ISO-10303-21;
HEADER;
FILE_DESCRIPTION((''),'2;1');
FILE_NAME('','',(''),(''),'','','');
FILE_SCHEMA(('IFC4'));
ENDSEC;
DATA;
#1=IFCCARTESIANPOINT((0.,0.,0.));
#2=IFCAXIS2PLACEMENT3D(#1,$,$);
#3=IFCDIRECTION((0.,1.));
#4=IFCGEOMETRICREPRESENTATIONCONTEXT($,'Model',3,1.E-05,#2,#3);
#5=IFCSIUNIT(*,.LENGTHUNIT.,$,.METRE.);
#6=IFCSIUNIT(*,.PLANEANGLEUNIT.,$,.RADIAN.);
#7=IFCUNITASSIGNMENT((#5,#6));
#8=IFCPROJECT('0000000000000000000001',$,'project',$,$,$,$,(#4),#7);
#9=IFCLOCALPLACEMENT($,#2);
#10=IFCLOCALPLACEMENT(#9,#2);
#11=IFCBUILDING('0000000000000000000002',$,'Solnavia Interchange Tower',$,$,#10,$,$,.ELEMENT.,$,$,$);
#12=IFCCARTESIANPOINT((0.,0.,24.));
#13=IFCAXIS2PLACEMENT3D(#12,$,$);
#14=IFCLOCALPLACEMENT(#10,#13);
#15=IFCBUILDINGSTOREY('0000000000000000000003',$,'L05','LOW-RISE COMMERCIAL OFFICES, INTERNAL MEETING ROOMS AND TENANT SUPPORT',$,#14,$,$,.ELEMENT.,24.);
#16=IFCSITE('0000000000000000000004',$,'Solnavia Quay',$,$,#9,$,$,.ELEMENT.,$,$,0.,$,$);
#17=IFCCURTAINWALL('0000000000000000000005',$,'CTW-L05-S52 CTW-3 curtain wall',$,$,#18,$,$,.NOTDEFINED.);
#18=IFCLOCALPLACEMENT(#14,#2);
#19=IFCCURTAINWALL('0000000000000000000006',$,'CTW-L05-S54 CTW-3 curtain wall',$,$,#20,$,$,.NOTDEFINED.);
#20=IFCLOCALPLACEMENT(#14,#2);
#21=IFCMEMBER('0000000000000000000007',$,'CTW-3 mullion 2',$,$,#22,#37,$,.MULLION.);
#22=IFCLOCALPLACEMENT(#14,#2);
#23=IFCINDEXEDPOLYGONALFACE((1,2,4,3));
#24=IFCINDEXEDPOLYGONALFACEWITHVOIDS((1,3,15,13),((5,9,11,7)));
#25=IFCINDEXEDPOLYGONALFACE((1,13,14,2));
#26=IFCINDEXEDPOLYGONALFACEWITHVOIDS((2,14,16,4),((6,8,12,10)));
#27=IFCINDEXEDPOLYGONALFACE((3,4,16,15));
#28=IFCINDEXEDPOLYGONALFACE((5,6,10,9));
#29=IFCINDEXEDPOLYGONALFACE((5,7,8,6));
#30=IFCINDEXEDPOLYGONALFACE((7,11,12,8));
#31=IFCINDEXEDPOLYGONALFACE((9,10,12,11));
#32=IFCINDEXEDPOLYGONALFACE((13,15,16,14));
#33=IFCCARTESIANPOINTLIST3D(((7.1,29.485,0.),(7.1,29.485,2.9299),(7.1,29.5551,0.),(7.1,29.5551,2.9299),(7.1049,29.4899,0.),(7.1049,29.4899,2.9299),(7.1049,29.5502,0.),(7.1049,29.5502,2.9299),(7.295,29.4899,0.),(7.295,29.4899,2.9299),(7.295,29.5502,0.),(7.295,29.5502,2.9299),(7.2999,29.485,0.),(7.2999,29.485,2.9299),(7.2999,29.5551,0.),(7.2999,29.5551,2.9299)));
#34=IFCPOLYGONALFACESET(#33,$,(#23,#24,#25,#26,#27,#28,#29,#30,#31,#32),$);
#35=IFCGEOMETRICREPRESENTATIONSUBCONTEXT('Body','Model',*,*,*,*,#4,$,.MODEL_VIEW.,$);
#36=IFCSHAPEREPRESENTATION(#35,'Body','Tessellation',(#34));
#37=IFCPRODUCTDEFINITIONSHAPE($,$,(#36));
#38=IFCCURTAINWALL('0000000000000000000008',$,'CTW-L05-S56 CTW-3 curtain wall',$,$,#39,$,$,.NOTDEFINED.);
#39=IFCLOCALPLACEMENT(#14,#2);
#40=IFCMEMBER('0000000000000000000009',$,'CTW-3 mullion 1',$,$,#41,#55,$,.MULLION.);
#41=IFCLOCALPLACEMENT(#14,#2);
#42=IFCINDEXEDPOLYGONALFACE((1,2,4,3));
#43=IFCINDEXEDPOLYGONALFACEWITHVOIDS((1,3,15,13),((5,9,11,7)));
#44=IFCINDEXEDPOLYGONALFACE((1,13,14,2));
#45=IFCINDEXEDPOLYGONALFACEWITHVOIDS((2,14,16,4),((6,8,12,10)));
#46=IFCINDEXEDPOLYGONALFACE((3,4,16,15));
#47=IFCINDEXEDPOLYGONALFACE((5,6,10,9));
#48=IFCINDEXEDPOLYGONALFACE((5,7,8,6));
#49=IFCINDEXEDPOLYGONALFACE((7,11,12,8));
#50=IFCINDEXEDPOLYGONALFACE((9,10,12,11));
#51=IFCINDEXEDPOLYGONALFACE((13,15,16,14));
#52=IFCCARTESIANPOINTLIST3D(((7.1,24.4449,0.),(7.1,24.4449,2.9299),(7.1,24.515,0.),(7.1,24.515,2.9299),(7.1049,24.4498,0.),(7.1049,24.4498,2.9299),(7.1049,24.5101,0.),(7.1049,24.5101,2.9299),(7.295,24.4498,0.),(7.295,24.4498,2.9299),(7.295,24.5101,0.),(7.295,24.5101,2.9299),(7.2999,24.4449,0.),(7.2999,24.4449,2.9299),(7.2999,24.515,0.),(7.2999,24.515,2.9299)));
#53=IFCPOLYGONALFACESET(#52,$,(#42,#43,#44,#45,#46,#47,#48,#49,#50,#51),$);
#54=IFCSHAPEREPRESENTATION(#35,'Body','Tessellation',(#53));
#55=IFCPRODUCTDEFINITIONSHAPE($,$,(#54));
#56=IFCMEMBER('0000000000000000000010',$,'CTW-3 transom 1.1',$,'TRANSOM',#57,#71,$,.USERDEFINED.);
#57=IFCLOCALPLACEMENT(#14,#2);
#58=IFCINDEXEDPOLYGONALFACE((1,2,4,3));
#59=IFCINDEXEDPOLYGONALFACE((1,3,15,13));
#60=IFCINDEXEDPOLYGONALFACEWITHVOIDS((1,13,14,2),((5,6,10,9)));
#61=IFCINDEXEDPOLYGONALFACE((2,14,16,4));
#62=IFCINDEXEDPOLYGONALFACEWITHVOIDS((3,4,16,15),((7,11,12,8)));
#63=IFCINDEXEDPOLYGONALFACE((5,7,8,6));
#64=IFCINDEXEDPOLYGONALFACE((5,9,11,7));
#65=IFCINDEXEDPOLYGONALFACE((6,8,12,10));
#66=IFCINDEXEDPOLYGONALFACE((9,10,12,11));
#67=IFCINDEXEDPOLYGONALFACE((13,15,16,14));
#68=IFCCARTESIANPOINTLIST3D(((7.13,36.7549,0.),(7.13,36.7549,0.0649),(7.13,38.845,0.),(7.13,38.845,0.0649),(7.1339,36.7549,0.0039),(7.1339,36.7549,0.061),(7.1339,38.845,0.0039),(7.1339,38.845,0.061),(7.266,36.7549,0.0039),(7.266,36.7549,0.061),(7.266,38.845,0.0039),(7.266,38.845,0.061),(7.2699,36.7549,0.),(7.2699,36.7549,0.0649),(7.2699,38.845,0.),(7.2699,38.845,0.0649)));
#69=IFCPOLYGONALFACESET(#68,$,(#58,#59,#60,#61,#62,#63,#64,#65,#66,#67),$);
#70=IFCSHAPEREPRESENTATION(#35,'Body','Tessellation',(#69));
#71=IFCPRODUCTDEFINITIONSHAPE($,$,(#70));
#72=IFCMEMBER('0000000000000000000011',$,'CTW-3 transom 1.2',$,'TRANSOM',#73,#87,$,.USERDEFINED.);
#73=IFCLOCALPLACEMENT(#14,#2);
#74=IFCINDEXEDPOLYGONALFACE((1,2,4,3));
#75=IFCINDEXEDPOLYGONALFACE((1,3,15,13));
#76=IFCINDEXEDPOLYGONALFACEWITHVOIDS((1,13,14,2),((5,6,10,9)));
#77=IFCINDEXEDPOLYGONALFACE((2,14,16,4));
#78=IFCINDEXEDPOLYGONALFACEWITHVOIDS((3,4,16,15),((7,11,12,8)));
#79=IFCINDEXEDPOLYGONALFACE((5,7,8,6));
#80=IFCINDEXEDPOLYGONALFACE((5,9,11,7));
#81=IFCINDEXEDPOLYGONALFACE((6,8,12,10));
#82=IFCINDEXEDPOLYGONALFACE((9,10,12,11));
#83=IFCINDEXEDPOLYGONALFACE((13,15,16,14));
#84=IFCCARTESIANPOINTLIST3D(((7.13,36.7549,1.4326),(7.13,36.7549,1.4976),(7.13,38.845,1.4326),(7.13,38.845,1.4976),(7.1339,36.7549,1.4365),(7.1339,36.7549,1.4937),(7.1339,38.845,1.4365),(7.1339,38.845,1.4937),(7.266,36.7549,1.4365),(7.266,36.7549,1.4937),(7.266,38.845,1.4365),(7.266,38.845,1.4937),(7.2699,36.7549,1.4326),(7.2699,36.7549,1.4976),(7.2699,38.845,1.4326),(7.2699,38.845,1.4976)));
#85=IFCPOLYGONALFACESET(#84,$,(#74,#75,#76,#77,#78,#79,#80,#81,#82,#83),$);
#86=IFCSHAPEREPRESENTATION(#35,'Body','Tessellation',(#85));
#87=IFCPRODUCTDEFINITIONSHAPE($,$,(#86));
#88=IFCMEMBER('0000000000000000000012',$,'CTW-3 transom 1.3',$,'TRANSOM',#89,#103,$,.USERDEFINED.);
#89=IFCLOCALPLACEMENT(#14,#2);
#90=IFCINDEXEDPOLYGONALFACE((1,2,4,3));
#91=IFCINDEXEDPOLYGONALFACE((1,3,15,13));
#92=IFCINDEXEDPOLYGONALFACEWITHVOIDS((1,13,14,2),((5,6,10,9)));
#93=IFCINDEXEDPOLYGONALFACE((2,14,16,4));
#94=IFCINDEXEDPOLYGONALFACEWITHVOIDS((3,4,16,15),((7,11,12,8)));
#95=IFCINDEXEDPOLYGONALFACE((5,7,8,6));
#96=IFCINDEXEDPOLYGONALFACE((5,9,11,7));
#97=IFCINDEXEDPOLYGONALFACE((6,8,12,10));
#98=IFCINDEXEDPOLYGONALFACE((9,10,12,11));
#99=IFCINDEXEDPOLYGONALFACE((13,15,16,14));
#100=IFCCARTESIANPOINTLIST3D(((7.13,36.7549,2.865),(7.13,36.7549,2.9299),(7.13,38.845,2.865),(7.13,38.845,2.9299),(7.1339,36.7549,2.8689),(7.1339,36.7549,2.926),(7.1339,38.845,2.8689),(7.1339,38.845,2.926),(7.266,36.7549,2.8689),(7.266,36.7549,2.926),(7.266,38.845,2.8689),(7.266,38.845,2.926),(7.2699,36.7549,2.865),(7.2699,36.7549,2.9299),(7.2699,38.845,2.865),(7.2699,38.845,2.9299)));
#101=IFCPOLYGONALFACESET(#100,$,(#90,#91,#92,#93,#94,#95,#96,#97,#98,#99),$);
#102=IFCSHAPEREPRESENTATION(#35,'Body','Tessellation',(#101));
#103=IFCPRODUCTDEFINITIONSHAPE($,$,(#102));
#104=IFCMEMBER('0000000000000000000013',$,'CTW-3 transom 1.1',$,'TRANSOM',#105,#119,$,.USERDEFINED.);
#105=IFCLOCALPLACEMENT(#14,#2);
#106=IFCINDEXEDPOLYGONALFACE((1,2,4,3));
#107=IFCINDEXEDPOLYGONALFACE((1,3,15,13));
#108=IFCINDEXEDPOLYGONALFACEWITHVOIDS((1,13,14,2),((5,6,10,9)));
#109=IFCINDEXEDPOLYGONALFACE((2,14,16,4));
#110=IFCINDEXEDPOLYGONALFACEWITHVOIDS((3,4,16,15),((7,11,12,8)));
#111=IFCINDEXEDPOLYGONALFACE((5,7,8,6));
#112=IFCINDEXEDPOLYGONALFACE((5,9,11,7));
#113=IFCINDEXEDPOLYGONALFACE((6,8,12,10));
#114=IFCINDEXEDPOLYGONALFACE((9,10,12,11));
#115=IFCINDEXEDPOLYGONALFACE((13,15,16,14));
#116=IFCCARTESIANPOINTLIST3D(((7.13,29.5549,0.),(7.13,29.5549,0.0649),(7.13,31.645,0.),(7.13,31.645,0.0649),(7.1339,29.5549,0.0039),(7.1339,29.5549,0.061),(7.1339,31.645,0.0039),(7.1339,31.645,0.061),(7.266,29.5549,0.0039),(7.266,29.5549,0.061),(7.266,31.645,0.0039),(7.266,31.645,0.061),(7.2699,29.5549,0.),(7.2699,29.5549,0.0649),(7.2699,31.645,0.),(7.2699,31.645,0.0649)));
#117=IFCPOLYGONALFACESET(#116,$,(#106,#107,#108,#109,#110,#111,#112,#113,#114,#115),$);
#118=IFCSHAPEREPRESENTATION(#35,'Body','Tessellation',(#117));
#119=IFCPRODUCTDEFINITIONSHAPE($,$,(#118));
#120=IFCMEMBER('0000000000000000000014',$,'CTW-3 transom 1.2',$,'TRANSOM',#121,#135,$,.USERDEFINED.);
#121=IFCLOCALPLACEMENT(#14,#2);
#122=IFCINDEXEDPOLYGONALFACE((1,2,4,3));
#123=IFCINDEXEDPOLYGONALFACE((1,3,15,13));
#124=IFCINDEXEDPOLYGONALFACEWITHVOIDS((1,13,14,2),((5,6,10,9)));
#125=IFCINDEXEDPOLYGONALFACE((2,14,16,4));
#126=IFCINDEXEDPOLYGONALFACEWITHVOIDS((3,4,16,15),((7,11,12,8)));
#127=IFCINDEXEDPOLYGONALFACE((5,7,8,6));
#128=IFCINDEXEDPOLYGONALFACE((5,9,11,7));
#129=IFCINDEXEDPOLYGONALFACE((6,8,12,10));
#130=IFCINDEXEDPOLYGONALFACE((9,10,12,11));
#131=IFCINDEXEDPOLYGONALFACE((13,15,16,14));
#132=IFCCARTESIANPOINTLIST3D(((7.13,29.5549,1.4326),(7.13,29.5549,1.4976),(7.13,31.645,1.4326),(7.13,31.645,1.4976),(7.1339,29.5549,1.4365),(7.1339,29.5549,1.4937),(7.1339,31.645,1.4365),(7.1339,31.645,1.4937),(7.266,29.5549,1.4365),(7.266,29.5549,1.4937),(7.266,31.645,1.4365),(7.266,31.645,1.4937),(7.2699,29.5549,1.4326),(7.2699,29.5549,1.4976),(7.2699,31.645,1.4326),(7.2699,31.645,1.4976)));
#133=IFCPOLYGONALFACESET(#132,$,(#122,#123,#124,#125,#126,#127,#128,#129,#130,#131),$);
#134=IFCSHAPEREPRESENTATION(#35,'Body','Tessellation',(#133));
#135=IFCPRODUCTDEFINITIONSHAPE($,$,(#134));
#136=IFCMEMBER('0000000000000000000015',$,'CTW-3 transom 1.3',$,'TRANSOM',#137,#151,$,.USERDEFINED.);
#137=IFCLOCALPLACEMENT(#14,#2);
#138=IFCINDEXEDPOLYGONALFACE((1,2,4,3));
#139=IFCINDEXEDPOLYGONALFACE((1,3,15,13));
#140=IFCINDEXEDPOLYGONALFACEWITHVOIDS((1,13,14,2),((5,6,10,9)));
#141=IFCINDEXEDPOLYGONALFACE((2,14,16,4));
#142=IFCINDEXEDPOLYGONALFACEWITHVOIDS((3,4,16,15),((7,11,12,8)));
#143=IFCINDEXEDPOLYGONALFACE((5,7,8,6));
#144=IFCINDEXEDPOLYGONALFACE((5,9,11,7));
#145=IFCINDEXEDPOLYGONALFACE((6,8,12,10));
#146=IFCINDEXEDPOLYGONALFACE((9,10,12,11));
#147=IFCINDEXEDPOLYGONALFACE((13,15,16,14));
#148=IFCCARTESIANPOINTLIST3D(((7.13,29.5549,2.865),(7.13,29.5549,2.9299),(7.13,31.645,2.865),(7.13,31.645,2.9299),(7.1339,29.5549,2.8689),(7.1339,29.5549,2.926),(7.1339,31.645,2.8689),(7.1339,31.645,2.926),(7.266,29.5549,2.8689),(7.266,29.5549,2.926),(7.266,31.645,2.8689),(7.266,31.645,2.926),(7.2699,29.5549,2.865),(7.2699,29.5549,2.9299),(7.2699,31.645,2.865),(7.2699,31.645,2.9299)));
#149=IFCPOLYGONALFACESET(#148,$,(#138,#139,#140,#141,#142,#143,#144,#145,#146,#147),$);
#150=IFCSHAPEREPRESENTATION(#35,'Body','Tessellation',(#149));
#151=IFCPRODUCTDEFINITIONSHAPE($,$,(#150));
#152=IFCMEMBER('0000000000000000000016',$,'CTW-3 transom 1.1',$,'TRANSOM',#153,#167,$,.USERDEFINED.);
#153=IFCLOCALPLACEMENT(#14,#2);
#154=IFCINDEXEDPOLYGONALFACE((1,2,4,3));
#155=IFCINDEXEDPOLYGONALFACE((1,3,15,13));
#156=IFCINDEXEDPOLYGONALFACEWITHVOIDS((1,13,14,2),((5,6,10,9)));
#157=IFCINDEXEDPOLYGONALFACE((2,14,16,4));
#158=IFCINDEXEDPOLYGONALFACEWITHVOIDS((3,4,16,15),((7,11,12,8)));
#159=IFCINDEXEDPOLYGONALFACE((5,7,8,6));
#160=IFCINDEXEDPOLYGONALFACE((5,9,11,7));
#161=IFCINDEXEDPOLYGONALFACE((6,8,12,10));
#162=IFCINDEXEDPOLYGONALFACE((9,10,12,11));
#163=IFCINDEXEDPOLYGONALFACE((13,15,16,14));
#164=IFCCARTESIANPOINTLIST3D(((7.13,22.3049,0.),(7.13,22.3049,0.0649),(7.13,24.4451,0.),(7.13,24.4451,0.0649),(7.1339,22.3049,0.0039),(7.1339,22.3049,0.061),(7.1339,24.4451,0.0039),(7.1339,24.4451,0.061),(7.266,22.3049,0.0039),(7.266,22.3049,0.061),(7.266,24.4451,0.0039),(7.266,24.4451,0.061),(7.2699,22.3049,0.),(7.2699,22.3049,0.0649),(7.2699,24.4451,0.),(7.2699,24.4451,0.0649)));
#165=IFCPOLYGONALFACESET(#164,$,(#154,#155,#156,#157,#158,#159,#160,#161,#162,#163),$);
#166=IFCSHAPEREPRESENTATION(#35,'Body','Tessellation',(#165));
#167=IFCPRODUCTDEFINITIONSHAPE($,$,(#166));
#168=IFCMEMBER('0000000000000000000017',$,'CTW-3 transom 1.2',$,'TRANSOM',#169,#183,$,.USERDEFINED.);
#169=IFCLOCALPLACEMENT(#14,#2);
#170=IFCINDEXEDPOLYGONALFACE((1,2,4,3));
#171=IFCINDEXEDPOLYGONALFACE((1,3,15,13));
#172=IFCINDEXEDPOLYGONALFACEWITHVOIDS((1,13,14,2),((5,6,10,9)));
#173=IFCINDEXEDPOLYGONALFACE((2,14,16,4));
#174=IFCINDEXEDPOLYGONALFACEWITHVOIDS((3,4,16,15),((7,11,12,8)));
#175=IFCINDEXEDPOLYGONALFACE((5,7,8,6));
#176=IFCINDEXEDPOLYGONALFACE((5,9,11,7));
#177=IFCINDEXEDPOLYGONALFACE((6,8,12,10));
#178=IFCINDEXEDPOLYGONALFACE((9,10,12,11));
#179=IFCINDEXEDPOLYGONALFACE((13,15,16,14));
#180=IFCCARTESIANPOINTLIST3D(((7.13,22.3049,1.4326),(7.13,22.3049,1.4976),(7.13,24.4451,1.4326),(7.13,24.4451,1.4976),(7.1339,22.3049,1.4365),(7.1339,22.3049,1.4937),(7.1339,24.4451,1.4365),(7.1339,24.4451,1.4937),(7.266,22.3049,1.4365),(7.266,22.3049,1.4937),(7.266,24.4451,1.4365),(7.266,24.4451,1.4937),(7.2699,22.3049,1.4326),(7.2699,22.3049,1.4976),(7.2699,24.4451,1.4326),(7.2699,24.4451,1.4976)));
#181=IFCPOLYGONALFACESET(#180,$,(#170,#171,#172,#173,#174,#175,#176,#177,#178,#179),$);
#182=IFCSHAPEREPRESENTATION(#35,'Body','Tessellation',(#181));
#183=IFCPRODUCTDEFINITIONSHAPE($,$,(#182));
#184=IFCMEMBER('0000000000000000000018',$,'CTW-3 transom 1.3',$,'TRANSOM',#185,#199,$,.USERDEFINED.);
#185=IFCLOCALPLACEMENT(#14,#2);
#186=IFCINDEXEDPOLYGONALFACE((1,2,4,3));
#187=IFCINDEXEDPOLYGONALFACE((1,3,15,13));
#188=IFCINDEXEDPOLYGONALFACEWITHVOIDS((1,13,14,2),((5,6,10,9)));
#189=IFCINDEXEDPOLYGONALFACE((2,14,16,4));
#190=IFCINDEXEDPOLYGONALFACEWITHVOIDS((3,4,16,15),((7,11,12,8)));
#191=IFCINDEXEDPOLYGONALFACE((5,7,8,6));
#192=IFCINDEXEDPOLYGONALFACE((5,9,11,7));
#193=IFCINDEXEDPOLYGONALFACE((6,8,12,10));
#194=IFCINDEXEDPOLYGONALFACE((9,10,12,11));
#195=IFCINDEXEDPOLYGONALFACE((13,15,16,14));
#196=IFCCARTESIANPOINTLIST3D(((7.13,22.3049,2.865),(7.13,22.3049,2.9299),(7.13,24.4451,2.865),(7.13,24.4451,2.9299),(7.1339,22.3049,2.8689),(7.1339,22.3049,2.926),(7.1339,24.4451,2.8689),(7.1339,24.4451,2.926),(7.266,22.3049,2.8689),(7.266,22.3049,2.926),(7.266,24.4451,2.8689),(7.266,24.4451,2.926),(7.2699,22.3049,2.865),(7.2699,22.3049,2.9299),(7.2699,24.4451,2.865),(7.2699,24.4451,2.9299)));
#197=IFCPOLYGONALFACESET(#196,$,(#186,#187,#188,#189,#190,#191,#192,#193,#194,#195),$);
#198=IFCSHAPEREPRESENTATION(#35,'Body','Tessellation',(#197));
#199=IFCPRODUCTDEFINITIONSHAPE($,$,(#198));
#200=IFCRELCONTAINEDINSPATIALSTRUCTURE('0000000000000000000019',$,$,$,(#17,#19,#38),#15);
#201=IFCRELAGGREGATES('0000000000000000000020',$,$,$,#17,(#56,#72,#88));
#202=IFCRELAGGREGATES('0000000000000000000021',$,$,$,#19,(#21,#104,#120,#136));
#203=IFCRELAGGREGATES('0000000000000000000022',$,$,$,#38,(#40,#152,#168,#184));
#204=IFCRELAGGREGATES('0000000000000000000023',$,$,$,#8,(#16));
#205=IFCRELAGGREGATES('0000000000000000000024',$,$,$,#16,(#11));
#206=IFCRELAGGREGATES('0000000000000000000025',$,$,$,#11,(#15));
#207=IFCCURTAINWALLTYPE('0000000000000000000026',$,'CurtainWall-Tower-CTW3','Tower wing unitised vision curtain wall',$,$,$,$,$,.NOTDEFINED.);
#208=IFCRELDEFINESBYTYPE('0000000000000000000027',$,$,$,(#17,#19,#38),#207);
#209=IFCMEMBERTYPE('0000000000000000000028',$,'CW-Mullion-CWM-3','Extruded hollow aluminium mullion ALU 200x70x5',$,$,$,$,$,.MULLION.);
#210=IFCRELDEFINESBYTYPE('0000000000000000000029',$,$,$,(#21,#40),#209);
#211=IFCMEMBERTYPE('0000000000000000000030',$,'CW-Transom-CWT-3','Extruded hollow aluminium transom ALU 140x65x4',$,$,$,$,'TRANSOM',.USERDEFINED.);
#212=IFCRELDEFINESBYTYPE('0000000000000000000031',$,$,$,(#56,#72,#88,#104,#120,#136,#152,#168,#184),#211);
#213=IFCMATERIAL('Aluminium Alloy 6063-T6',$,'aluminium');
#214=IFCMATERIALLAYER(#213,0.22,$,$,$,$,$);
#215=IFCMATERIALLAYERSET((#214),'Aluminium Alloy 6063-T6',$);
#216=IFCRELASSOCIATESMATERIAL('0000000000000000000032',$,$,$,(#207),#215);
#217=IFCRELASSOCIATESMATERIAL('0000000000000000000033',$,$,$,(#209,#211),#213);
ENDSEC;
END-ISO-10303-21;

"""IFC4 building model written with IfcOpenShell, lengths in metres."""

from ifc_helpers import new_model, si_unit, direction, frame, origin, origin_2d, place, context, subcontext, project, spatial, hollow_rectangle, extrude, material, layer, layer_set, material_profile, profile_set, type_object, element, aggregate, save


model = new_model("IFC4")

# Units and contexts
model_context = context("Model", 3, precision=1e-05, world=origin(), true_north=direction((0.0, 1.0)))
body_context = subcontext(model_context, "Body", "Model", "MODEL_VIEW")
ifc_project = project(units=[si_unit("LENGTHUNIT", "METRE"), si_unit("PLANEANGLEUNIT", "RADIAN")], contexts=[model_context])

# Site, building, storey
site_placement = place(None, origin())
site = spatial("IfcSite", under=ifc_project, at=site_placement, Name="Solnavia Quay", CompositionType="ELEMENT", RefElevation=0.0)
building_placement = place(site_placement, origin())
building = spatial("IfcBuilding", under=site, at=building_placement, Name="Solnavia Interchange Tower", CompositionType="ELEMENT")
storey_placement = place(building_placement, frame((0.0, 0.0, 24.0)))
storey = spatial("IfcBuildingStorey", under=building, at=storey_placement, Name="L05", Description="LOW-RISE COMMERCIAL OFFICES, INTERNAL MEETING ROOMS AND TENANT SUPPORT", CompositionType="ELEMENT", Elevation=24.0)

# Curtain wall
ifc_material_1 = material(Name="Aluminium Alloy 6063-T6", Category="aluminium")
ifc_layer_1 = layer(ifc_material_1, 0.22)
ifc_layer_set_1 = layer_set([ifc_layer_1], Name="Aluminium Alloy 6063-T6")
curtain_wall_type = type_object("IfcCurtainWallType", Name="CurtainWall-Tower-CTW3", Description="Tower wing unitised vision curtain wall", PredefinedType="NOTDEFINED", material=ifc_layer_set_1)
curtain_wall_1_placement = place(storey_placement, origin())
curtain_wall_1 = element("IfcCurtainWall", 1, at=curtain_wall_1_placement, inside=storey, type_object=curtain_wall_type, Name="CTW-L05-S52 CTW-3 curtain wall", PredefinedType="NOTDEFINED")
ifc_material_profile_1 = material_profile(ifc_material_1, hollow_rectangle(XDim=0.0701, YDim=0.2, WallThickness=0.0049, at=origin_2d()), Name="ALU 200x70x5")
ifc_profile_set_1 = profile_set([ifc_material_profile_1], Name="Aluminium Alloy 6063-T6")
member_type_1 = type_object("IfcMemberType", Name="CW-Mullion-CWM-3", Description="Extruded hollow aluminium mullion ALU 200x70x5", PredefinedType="MULLION", material=ifc_profile_set_1)

# Curtain wall, member
curtain_wall_2_placement = place(storey_placement, origin())
curtain_wall_2 = element("IfcCurtainWall", 2, at=curtain_wall_2_placement, inside=storey, type_object=curtain_wall_type, Name="CTW-L05-S54 CTW-3 curtain wall", PredefinedType="NOTDEFINED")
member_1_placement = place(storey_placement, frame((7.2, 29.52, 0.0), z_axis=(0.0, 0.0, 1.0), x_axis=(0.0, -1.0, 0.0)))
member_1 = element("IfcMember", 3, at=member_1_placement, type_object=member_type_1, Name="CTW-3 mullion 2", PredefinedType="MULLION", context=body_context, shape_type="SweptSolid", body=[
    extrude(hollow_rectangle(XDim=0.0701, YDim=0.2, WallThickness=0.0049, at=origin_2d()), origin(), (0.0, 0.0, 1.0), 2.9299),
])

# Curtain wall, member
curtain_wall_3_placement = place(storey_placement, origin())
curtain_wall_3 = element("IfcCurtainWall", 4, at=curtain_wall_3_placement, inside=storey, type_object=curtain_wall_type, Name="CTW-L05-S56 CTW-3 curtain wall", PredefinedType="NOTDEFINED")
member_2_placement = place(storey_placement, frame((7.2, 24.48, 0.0), z_axis=(0.0, 0.0, 1.0), x_axis=(0.0, -1.0, 0.0)))
member_2 = element("IfcMember", 5, at=member_2_placement, type_object=member_type_1, Name="CTW-3 mullion 1", PredefinedType="MULLION", context=body_context, shape_type="SweptSolid", body=[
    extrude(hollow_rectangle(XDim=0.0701, YDim=0.2, WallThickness=0.0049, at=origin_2d()), origin(), (0.0, 0.0, 1.0), 2.9299),
])

# Members
ifc_material_profile_2 = material_profile(ifc_material_1, hollow_rectangle(XDim=0.0649, YDim=0.1399, WallThickness=0.0039, at=origin_2d()), Name="ALU 140x65x4")
ifc_profile_set_2 = profile_set([ifc_material_profile_2], Name="Aluminium Alloy 6063-T6")
member_type_2 = type_object("IfcMemberType", Name="CW-Transom-CWT-3", Description="Extruded hollow aluminium transom ALU 140x65x4", ElementType="TRANSOM", PredefinedType="USERDEFINED", material=ifc_profile_set_2)
member_3_placement = place(storey_placement, frame((7.2, 38.845, 0.0325), z_axis=(0.0, -1.0, 0.0), x_axis=(0.0, 0.0, 1.0)))
member_3 = element("IfcMember", 6, at=member_3_placement, type_object=member_type_2, Name="CTW-3 transom 1.1", ObjectType="TRANSOM", PredefinedType="USERDEFINED", context=body_context, shape_type="SweptSolid", body=[
    extrude(hollow_rectangle(XDim=0.0649, YDim=0.1399, WallThickness=0.0039, at=origin_2d()), origin(), (0.0, 0.0, 1.0), 2.0901),
])
member_4_placement = place(storey_placement, frame((7.2, 38.845, 1.4651), z_axis=(0.0, -1.0, 0.0), x_axis=(0.0, 0.0, 1.0)))
member_4 = element("IfcMember", 7, at=member_4_placement, type_object=member_type_2, Name="CTW-3 transom 1.2", ObjectType="TRANSOM", PredefinedType="USERDEFINED", context=body_context, shape_type="SweptSolid", body=[
    extrude(hollow_rectangle(XDim=0.0649, YDim=0.1399, WallThickness=0.0039, at=origin_2d()), origin(), (0.0, 0.0, 1.0), 2.0901),
])
member_5_placement = place(storey_placement, frame((7.2, 38.845, 2.8975), z_axis=(0.0, -1.0, 0.0), x_axis=(0.0, 0.0, 1.0)))
member_5 = element("IfcMember", 8, at=member_5_placement, type_object=member_type_2, Name="CTW-3 transom 1.3", ObjectType="TRANSOM", PredefinedType="USERDEFINED", context=body_context, shape_type="SweptSolid", body=[
    extrude(hollow_rectangle(XDim=0.0649, YDim=0.1399, WallThickness=0.0039, at=origin_2d()), origin(), (0.0, 0.0, 1.0), 2.0901),
])
member_6_placement = place(storey_placement, frame((7.2, 31.645, 0.0325), z_axis=(0.0, -1.0, 0.0), x_axis=(0.0, 0.0, 1.0)))
member_6 = element("IfcMember", 9, at=member_6_placement, type_object=member_type_2, Name="CTW-3 transom 1.1", ObjectType="TRANSOM", PredefinedType="USERDEFINED", context=body_context, shape_type="SweptSolid", body=[
    extrude(hollow_rectangle(XDim=0.0649, YDim=0.1399, WallThickness=0.0039, at=origin_2d()), origin(), (0.0, 0.0, 1.0), 2.0901),
])
member_7_placement = place(storey_placement, frame((7.2, 31.645, 1.4651), z_axis=(0.0, -1.0, 0.0), x_axis=(0.0, 0.0, 1.0)))
member_7 = element("IfcMember", 10, at=member_7_placement, type_object=member_type_2, Name="CTW-3 transom 1.2", ObjectType="TRANSOM", PredefinedType="USERDEFINED", context=body_context, shape_type="SweptSolid", body=[
    extrude(hollow_rectangle(XDim=0.0649, YDim=0.1399, WallThickness=0.0039, at=origin_2d()), origin(), (0.0, 0.0, 1.0), 2.0901),
])
member_8_placement = place(storey_placement, frame((7.2, 31.645, 2.8975), z_axis=(0.0, -1.0, 0.0), x_axis=(0.0, 0.0, 1.0)))
member_8 = element("IfcMember", 11, at=member_8_placement, type_object=member_type_2, Name="CTW-3 transom 1.3", ObjectType="TRANSOM", PredefinedType="USERDEFINED", context=body_context, shape_type="SweptSolid", body=[
    extrude(hollow_rectangle(XDim=0.0649, YDim=0.1399, WallThickness=0.0039, at=origin_2d()), origin(), (0.0, 0.0, 1.0), 2.0901),
])
member_9_placement = place(storey_placement, frame((7.2, 24.4451, 0.0325), z_axis=(0.0, -1.0, 0.0), x_axis=(0.0, 0.0, 1.0)))
member_9 = element("IfcMember", 12, at=member_9_placement, type_object=member_type_2, Name="CTW-3 transom 1.1", ObjectType="TRANSOM", PredefinedType="USERDEFINED", context=body_context, shape_type="SweptSolid", body=[
    extrude(hollow_rectangle(XDim=0.0649, YDim=0.1399, WallThickness=0.0039, at=origin_2d()), origin(), (0.0, 0.0, 1.0), 2.1401),
])
member_10_placement = place(storey_placement, frame((7.2, 24.4451, 1.4651), z_axis=(0.0, -1.0, 0.0), x_axis=(0.0, 0.0, 1.0)))
member_10 = element("IfcMember", 13, at=member_10_placement, type_object=member_type_2, Name="CTW-3 transom 1.2", ObjectType="TRANSOM", PredefinedType="USERDEFINED", context=body_context, shape_type="SweptSolid", body=[
    extrude(hollow_rectangle(XDim=0.0649, YDim=0.1399, WallThickness=0.0039, at=origin_2d()), origin(), (0.0, 0.0, 1.0), 2.1401),
])
member_11_placement = place(storey_placement, frame((7.2, 24.4451, 2.8975), z_axis=(0.0, -1.0, 0.0), x_axis=(0.0, 0.0, 1.0)))
member_11 = element("IfcMember", 14, at=member_11_placement, type_object=member_type_2, Name="CTW-3 transom 1.3", ObjectType="TRANSOM", PredefinedType="USERDEFINED", context=body_context, shape_type="SweptSolid", body=[
    extrude(hollow_rectangle(XDim=0.0649, YDim=0.1399, WallThickness=0.0039, at=origin_2d()), origin(), (0.0, 0.0, 1.0), 2.1401),
])

aggregate(curtain_wall_1, [member_3, member_4, member_5])
aggregate(curtain_wall_2, [member_1, member_6, member_7, member_8])
aggregate(curtain_wall_3, [member_2, member_9, member_10, member_11])

save(model, "model.ifc")
